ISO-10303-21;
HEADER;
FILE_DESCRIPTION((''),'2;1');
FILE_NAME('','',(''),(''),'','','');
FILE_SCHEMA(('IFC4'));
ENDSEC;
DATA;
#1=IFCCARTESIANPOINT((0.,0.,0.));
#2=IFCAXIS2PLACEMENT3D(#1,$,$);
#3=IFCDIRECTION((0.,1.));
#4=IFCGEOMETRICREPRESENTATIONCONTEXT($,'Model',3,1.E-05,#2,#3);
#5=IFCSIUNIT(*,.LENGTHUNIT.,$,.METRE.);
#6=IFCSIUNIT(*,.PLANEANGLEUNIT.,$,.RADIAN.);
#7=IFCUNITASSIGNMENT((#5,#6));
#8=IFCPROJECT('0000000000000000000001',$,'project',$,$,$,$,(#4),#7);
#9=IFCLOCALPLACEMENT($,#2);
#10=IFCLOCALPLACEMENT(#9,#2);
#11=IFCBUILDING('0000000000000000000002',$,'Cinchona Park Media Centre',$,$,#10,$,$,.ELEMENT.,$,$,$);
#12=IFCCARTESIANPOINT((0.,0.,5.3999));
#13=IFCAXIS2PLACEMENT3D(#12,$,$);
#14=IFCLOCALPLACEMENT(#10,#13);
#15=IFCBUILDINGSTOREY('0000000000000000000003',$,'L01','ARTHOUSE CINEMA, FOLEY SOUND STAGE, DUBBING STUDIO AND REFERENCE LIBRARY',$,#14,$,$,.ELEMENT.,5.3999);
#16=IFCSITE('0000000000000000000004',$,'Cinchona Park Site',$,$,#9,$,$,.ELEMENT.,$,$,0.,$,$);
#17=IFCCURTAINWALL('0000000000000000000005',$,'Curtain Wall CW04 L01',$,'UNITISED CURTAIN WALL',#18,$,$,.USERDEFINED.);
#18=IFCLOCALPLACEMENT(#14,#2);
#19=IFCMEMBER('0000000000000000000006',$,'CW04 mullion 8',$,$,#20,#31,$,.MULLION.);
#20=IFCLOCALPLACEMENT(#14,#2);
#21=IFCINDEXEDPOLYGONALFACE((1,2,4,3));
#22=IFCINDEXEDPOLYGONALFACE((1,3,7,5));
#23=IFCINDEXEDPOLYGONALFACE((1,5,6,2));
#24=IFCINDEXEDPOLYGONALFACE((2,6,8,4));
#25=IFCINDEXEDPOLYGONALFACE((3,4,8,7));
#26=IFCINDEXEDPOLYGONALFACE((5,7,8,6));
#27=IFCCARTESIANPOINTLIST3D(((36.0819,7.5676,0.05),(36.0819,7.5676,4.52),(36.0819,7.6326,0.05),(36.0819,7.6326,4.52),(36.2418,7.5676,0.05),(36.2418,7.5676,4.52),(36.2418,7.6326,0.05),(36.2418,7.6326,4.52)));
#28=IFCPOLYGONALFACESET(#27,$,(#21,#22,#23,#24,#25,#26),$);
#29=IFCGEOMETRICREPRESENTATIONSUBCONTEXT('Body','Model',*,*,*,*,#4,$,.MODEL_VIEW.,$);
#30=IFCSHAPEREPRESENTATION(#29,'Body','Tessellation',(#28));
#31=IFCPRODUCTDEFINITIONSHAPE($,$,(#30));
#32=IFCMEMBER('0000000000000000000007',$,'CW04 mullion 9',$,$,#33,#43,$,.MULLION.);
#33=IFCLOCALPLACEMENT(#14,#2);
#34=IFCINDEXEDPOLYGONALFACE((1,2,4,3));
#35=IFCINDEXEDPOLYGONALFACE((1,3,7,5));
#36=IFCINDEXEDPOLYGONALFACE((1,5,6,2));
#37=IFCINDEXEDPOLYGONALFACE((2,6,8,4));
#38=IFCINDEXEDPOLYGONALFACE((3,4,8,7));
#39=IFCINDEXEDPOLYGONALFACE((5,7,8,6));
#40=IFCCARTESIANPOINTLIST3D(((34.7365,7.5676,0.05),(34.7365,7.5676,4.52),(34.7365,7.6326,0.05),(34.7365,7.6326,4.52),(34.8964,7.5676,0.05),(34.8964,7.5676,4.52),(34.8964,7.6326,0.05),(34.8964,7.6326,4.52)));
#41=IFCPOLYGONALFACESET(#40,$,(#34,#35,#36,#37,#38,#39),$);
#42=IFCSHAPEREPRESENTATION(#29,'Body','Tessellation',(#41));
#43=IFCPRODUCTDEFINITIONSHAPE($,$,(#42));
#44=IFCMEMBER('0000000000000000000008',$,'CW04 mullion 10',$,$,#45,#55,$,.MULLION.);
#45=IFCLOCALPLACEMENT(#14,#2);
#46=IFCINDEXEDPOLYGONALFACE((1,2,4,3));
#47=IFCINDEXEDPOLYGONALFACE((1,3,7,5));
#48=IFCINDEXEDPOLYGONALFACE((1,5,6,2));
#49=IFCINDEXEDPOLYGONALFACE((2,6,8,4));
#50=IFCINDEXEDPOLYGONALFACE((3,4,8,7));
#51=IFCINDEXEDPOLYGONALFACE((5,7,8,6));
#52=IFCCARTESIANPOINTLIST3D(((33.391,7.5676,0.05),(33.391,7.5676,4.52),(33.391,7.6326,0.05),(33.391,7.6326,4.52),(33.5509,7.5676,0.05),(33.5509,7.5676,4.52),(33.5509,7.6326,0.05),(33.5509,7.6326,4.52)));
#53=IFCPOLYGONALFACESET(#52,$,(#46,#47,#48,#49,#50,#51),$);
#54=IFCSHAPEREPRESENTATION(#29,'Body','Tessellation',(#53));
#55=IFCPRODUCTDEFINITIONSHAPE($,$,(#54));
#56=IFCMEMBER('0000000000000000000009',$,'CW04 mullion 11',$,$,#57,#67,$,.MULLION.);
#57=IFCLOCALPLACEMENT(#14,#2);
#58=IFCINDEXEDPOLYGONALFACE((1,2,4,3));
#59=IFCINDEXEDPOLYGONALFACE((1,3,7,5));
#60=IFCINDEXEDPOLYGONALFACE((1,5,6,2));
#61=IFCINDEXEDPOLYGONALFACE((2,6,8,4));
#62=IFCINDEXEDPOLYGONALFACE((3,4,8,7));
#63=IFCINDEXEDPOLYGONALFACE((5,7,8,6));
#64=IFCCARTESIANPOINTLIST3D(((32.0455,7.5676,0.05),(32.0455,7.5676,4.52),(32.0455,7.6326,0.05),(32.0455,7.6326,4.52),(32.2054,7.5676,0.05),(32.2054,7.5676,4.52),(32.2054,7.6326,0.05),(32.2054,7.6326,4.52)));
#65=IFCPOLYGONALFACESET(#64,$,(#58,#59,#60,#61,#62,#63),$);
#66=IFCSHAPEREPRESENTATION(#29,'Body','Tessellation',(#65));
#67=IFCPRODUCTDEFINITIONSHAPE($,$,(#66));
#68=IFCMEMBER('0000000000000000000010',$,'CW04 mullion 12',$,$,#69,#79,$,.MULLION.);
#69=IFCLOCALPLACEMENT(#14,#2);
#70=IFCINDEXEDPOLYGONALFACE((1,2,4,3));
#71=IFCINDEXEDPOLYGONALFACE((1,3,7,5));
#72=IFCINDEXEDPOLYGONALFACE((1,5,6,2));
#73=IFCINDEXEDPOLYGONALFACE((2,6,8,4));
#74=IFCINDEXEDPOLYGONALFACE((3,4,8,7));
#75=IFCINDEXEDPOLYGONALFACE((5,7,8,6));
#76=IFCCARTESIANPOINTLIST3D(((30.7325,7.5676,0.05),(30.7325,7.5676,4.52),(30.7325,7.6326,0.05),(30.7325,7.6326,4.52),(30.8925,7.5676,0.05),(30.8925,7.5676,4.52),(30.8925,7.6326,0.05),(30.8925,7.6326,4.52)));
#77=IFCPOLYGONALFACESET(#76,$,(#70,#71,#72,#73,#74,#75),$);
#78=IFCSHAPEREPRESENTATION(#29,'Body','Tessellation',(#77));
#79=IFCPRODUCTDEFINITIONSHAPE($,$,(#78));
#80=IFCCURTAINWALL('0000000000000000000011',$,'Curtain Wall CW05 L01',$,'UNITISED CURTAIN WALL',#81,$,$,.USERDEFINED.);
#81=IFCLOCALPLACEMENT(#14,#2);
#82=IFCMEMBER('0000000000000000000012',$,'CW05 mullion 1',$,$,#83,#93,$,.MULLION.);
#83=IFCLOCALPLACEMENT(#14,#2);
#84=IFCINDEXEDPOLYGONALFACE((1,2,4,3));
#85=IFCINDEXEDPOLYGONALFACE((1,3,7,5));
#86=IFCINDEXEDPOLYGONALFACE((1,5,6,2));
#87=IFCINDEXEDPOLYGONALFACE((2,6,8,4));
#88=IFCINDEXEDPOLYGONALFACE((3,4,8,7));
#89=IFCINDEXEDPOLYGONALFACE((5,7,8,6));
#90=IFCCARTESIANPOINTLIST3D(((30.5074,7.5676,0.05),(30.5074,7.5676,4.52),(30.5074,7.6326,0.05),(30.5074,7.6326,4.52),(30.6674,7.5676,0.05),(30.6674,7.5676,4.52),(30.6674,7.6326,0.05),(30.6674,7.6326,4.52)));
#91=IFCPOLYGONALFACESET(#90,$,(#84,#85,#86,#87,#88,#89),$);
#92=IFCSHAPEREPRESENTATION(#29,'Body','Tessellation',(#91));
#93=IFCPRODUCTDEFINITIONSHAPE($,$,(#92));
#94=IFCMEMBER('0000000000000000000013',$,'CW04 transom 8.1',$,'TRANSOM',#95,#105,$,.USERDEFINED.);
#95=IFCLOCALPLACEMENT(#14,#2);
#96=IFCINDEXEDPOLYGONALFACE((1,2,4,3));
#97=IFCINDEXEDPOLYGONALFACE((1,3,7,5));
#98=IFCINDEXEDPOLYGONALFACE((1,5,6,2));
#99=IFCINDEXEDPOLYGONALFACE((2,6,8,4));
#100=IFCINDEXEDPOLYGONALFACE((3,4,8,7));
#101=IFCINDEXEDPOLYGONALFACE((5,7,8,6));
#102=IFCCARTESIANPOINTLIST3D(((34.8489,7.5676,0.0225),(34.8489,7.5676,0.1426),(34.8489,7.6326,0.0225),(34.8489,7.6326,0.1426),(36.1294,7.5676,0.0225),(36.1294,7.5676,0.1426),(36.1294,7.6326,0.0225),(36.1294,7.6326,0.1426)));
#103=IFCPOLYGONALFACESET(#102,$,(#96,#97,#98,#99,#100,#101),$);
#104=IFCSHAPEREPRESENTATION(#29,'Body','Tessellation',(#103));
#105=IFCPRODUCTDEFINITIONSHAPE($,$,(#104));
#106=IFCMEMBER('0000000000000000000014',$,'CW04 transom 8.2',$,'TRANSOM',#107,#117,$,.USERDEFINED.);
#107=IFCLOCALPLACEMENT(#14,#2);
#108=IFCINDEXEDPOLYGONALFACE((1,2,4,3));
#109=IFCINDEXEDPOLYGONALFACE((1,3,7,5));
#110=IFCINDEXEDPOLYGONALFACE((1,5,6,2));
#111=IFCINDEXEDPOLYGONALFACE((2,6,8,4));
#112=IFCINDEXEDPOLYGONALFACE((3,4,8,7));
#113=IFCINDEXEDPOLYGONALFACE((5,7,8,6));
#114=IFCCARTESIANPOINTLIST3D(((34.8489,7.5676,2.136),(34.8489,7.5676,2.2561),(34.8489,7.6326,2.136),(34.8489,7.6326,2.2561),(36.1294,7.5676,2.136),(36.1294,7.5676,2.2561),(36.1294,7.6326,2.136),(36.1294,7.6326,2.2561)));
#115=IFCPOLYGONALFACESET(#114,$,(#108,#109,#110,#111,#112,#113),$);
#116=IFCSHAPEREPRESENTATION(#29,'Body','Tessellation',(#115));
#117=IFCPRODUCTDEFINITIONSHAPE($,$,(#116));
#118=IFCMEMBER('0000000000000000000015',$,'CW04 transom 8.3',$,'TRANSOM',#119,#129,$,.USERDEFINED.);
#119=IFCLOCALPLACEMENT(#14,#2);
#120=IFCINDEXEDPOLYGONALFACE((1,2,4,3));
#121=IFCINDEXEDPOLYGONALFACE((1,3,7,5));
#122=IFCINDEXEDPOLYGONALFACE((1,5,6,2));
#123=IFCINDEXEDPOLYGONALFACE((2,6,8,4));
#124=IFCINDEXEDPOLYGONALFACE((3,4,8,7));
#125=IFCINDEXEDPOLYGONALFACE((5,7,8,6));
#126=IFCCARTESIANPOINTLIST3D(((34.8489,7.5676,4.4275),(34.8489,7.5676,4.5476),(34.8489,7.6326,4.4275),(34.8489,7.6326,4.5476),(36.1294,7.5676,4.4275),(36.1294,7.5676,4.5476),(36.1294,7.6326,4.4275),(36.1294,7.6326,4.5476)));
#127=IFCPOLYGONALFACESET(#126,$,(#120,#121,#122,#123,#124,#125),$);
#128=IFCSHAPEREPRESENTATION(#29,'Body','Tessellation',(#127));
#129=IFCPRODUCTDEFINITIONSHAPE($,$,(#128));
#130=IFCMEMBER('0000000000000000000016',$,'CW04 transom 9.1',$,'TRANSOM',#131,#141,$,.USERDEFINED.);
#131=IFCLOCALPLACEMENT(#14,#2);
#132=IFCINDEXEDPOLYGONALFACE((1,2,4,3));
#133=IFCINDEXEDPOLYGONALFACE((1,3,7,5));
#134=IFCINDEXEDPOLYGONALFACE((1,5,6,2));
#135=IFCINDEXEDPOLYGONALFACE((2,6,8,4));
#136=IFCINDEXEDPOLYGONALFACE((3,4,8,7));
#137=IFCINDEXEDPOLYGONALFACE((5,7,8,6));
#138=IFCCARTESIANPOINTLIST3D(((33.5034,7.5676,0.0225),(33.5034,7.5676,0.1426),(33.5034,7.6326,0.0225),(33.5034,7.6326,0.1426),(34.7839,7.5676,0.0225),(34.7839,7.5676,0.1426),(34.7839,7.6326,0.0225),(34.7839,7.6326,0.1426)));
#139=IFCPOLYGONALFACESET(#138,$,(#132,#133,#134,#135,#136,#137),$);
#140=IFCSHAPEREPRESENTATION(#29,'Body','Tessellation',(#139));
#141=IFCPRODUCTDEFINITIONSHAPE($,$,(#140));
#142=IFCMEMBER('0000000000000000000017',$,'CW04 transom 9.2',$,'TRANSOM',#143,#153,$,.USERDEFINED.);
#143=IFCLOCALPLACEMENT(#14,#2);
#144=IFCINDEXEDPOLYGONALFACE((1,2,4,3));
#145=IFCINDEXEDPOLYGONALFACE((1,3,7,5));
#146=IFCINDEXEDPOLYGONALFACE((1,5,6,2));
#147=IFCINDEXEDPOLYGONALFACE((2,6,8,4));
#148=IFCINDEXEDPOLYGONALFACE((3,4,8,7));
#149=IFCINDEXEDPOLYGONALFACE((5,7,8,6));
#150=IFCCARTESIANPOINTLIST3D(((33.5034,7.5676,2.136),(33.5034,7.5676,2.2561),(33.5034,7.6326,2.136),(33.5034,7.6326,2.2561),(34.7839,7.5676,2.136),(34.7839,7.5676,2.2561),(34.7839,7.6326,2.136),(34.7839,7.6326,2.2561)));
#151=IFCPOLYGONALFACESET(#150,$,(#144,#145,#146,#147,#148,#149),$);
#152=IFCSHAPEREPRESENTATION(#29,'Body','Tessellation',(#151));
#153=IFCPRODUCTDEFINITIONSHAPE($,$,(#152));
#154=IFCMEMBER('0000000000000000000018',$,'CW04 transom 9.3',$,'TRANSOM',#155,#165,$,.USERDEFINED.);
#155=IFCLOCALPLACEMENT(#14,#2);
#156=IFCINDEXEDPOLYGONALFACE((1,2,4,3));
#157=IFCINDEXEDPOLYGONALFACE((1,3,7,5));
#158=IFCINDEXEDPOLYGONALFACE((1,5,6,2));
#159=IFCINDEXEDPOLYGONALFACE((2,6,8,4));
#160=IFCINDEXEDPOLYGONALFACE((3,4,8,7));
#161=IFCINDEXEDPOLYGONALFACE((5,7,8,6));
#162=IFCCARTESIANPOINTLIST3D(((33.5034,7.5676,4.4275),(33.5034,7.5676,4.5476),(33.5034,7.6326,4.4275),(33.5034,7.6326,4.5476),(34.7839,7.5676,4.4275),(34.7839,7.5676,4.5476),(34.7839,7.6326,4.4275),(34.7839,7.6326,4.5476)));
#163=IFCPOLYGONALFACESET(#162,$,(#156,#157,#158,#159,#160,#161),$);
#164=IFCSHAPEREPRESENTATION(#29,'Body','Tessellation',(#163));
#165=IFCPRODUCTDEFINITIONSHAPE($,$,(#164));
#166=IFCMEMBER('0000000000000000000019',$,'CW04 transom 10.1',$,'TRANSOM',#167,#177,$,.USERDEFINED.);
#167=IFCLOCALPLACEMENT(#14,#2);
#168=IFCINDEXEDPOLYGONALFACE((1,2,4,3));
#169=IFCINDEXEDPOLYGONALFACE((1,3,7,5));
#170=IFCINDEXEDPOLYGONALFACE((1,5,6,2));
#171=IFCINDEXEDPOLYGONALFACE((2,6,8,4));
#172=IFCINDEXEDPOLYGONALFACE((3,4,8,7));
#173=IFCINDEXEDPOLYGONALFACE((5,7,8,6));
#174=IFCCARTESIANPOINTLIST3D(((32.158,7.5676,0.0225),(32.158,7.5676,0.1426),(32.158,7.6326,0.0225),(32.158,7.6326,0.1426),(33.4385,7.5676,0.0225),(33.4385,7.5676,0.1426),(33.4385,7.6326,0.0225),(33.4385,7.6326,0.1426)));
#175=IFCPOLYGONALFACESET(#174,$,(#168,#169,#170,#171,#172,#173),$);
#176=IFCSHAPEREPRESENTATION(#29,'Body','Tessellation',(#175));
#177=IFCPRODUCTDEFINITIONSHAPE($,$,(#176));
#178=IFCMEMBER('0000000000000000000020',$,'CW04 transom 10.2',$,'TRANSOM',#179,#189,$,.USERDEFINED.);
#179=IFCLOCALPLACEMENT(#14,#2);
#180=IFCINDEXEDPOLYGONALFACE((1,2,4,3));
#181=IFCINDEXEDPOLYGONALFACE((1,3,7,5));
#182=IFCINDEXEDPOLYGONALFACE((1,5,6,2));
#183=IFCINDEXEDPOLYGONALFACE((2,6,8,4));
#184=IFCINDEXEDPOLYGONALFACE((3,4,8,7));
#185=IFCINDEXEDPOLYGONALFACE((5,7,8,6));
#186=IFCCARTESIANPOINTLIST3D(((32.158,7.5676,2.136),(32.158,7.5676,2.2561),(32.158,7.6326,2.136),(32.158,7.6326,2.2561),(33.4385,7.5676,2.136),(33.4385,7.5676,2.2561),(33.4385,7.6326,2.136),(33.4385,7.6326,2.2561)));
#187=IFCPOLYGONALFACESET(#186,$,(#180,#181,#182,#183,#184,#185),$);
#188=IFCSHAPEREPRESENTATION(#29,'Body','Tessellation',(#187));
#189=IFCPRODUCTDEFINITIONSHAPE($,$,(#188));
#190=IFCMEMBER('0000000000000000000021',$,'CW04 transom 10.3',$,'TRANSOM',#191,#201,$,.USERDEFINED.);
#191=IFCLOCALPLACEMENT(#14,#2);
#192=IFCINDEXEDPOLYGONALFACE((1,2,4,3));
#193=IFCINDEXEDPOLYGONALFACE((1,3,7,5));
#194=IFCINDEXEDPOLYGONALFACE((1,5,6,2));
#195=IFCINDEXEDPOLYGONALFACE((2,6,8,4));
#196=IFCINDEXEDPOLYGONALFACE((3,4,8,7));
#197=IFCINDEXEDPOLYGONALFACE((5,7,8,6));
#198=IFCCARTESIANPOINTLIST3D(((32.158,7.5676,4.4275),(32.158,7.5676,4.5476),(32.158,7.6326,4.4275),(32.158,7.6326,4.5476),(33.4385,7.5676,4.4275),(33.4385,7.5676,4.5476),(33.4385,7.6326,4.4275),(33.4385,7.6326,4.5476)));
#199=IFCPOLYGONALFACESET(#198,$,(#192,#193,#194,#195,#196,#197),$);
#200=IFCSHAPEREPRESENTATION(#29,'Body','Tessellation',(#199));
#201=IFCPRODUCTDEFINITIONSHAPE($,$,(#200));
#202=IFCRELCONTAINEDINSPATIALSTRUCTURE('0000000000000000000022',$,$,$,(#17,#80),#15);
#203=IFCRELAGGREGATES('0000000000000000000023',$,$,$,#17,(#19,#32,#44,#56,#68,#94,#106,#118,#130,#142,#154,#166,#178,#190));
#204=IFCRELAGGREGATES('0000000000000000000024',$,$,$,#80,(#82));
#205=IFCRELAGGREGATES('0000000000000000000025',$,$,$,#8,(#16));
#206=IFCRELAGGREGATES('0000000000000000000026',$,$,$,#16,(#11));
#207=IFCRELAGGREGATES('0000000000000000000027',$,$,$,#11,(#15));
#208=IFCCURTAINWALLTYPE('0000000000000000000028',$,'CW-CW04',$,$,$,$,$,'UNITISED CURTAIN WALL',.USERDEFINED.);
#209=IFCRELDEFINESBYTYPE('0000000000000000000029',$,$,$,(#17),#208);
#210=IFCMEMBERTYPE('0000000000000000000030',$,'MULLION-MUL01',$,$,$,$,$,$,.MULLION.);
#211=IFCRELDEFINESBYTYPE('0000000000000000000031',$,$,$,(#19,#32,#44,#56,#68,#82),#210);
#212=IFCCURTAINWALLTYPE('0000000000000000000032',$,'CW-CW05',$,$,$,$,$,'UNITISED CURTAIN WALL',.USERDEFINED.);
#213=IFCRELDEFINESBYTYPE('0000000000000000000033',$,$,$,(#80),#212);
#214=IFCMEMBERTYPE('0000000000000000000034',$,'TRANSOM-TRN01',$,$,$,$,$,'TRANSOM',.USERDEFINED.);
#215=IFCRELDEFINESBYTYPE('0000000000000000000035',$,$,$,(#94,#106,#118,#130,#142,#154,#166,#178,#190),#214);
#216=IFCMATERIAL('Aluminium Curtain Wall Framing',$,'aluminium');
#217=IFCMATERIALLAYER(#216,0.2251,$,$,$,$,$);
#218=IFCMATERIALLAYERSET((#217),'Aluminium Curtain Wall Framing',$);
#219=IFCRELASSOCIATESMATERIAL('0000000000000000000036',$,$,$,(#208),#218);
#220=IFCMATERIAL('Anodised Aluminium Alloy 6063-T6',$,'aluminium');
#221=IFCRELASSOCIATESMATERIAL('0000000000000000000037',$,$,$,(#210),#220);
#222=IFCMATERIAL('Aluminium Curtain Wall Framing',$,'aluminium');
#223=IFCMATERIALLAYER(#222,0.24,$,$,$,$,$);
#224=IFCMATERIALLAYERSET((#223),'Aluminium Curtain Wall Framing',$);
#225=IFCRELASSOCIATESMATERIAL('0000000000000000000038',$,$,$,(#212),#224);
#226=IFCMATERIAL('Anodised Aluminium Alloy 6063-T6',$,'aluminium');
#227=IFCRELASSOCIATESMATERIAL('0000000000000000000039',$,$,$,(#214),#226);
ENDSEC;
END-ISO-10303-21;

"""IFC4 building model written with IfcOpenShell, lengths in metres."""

from ifc_helpers import new_model, si_unit, direction, frame, origin, origin_2d, place, context, subcontext, project, spatial, rectangle, extrude, material, layer, layer_set, material_profile, profile_set, type_object, element, aggregate, save


model = new_model("IFC4")

# Units and contexts
model_context = context("Model", 3, precision=1e-05, world=origin(), true_north=direction((0.0, 1.0)))
body_context = subcontext(model_context, "Body", "Model", "MODEL_VIEW")
ifc_project = project(units=[si_unit("LENGTHUNIT", "METRE"), si_unit("PLANEANGLEUNIT", "RADIAN")], contexts=[model_context])

# Site, building, storey
site_placement = place(None, origin())
site = spatial("IfcSite", under=ifc_project, at=site_placement, Name="Cinchona Park Site", CompositionType="ELEMENT", RefElevation=0.0)
building_placement = place(site_placement, origin())
building = spatial("IfcBuilding", under=site, at=building_placement, Name="Cinchona Park Media Centre", CompositionType="ELEMENT")
storey_placement = place(building_placement, frame((0.0, 0.0, 5.3999)))
storey = spatial("IfcBuildingStorey", under=building, at=storey_placement, Name="L01", Description="ARTHOUSE CINEMA, FOLEY SOUND STAGE, DUBBING STUDIO AND REFERENCE LIBRARY", CompositionType="ELEMENT", Elevation=5.3999)

# Curtain wall, members
ifc_material_1 = material(Name="Aluminium Curtain Wall Framing", Category="aluminium")
ifc_layer_1 = layer(ifc_material_1, 0.2251)
ifc_layer_set_1 = layer_set([ifc_layer_1], Name="Aluminium Curtain Wall Framing")
curtain_wall_type_1 = type_object("IfcCurtainWallType", Name="CW-CW04", ElementType="UNITISED CURTAIN WALL", PredefinedType="USERDEFINED", material=ifc_layer_set_1)
curtain_wall_1_placement = place(storey_placement, origin())
curtain_wall_1 = element("IfcCurtainWall", 1, at=curtain_wall_1_placement, inside=storey, type_object=curtain_wall_type_1, Name="Curtain Wall CW04 L01", ObjectType="UNITISED CURTAIN WALL", PredefinedType="USERDEFINED")
ifc_material_2 = material(Name="Anodised Aluminium Alloy 6063-T6", Category="aluminium")
ifc_material_profile_1 = material_profile(ifc_material_2, rectangle(XDim=0.0649, YDim=0.1599, at=origin_2d()), Name="MUL-65X160")
ifc_profile_set_1 = profile_set([ifc_material_profile_1], Name="Anodised Aluminium Alloy 6063-T6")
member_type_1 = type_object("IfcMemberType", Name="MULLION-MUL01", PredefinedType="MULLION", material=ifc_profile_set_1)
member_1_placement = place(storey_placement, frame((36.1619, 7.6001, 0.05), z_axis=(0.0, 0.0, 1.0), x_axis=(0.0, -1.0, 0.0)))
member_1 = element("IfcMember", 2, at=member_1_placement, type_object=member_type_1, Name="CW04 mullion 8", PredefinedType="MULLION", context=body_context, shape_type="SweptSolid", body=[
    extrude(rectangle(XDim=0.0649, YDim=0.1599, at=origin_2d()), origin(), (0.0, 0.0, 1.0), 4.47),
])
member_2_placement = place(storey_placement, frame((34.8164, 7.6001, 0.05), z_axis=(0.0, 0.0, 1.0), x_axis=(0.0, -1.0, 0.0)))
member_2 = element("IfcMember", 3, at=member_2_placement, type_object=member_type_1, Name="CW04 mullion 9", PredefinedType="MULLION", context=body_context, shape_type="SweptSolid", body=[
    extrude(rectangle(XDim=0.0649, YDim=0.1599, at=origin_2d()), origin(), (0.0, 0.0, 1.0), 4.47),
])
member_3_placement = place(storey_placement, frame((33.4709, 7.6001, 0.05), z_axis=(0.0, 0.0, 1.0), x_axis=(0.0, -1.0, 0.0)))
member_3 = element("IfcMember", 4, at=member_3_placement, type_object=member_type_1, Name="CW04 mullion 10", PredefinedType="MULLION", context=body_context, shape_type="SweptSolid", body=[
    extrude(rectangle(XDim=0.0649, YDim=0.1599, at=origin_2d()), origin(), (0.0, 0.0, 1.0), 4.47),
])
member_4_placement = place(storey_placement, frame((32.1255, 7.6001, 0.05), z_axis=(0.0, 0.0, 1.0), x_axis=(0.0, -1.0, 0.0)))
member_4 = element("IfcMember", 5, at=member_4_placement, type_object=member_type_1, Name="CW04 mullion 11", PredefinedType="MULLION", context=body_context, shape_type="SweptSolid", body=[
    extrude(rectangle(XDim=0.0649, YDim=0.1599, at=origin_2d()), origin(), (0.0, 0.0, 1.0), 4.47),
])
member_5_placement = place(storey_placement, frame((30.8125, 7.6001, 0.05), z_axis=(0.0, 0.0, 1.0), x_axis=(0.0, -1.0, 0.0)))
member_5 = element("IfcMember", 6, at=member_5_placement, type_object=member_type_1, Name="CW04 mullion 12", PredefinedType="MULLION", context=body_context, shape_type="SweptSolid", body=[
    extrude(rectangle(XDim=0.0649, YDim=0.1599, at=origin_2d()), origin(), (0.0, 0.0, 1.0), 4.47),
])

# Curtain wall, member
ifc_material_3 = material(Name="Aluminium Curtain Wall Framing", Category="aluminium")
ifc_layer_2 = layer(ifc_material_3, 0.24)
ifc_layer_set_2 = layer_set([ifc_layer_2], Name="Aluminium Curtain Wall Framing")
curtain_wall_type_2 = type_object("IfcCurtainWallType", Name="CW-CW05", ElementType="UNITISED CURTAIN WALL", PredefinedType="USERDEFINED", material=ifc_layer_set_2)
curtain_wall_2_placement = place(storey_placement, origin())
curtain_wall_2 = element("IfcCurtainWall", 7, at=curtain_wall_2_placement, inside=storey, type_object=curtain_wall_type_2, Name="Curtain Wall CW05 L01", ObjectType="UNITISED CURTAIN WALL", PredefinedType="USERDEFINED")
member_6_placement = place(storey_placement, frame((30.5874, 7.6001, 0.05), z_axis=(0.0, 0.0, 1.0), x_axis=(0.0, -1.0, 0.0)))
member_6 = element("IfcMember", 8, at=member_6_placement, type_object=member_type_1, Name="CW05 mullion 1", PredefinedType="MULLION", context=body_context, shape_type="SweptSolid", body=[
    extrude(rectangle(XDim=0.0649, YDim=0.1599, at=origin_2d()), origin(), (0.0, 0.0, 1.0), 4.47),
])

# Members
ifc_material_4 = material(Name="Anodised Aluminium Alloy 6063-T6", Category="aluminium")
ifc_material_profile_2 = material_profile(ifc_material_4, rectangle(XDim=0.0649, YDim=0.1201, at=origin_2d()), Name="TRN-65X120")
ifc_profile_set_2 = profile_set([ifc_material_profile_2], Name="Anodised Aluminium Alloy 6063-T6")
member_type_2 = type_object("IfcMemberType", Name="TRANSOM-TRN01", ElementType="TRANSOM", PredefinedType="USERDEFINED", material=ifc_profile_set_2)
member_7_placement = place(storey_placement, frame((36.1294, 7.6001, 0.0825), z_axis=(-1.0, 0.0, 0.0), x_axis=(0.0, -1.0, 0.0)))
member_7 = element("IfcMember", 9, at=member_7_placement, type_object=member_type_2, Name="CW04 transom 8.1", ObjectType="TRANSOM", PredefinedType="USERDEFINED", context=body_context, shape_type="SweptSolid", body=[
    extrude(rectangle(XDim=0.0649, YDim=0.1201, at=origin_2d()), origin(), (0.0, 0.0, 1.0), 1.2805),
])
member_8_placement = place(storey_placement, frame((36.1294, 7.6001, 2.196), z_axis=(-1.0, 0.0, 0.0), x_axis=(0.0, -1.0, 0.0)))
member_8 = element("IfcMember", 10, at=member_8_placement, type_object=member_type_2, Name="CW04 transom 8.2", ObjectType="TRANSOM", PredefinedType="USERDEFINED", context=body_context, shape_type="SweptSolid", body=[
    extrude(rectangle(XDim=0.0649, YDim=0.1201, at=origin_2d()), origin(), (0.0, 0.0, 1.0), 1.2805),
])
member_9_placement = place(storey_placement, frame((36.1294, 7.6001, 4.4875), z_axis=(-1.0, 0.0, 0.0), x_axis=(0.0, -1.0, 0.0)))
member_9 = element("IfcMember", 11, at=member_9_placement, type_object=member_type_2, Name="CW04 transom 8.3", ObjectType="TRANSOM", PredefinedType="USERDEFINED", context=body_context, shape_type="SweptSolid", body=[
    extrude(rectangle(XDim=0.0649, YDim=0.1201, at=origin_2d()), origin(), (0.0, 0.0, 1.0), 1.2805),
])
member_10_placement = place(storey_placement, frame((34.7839, 7.6001, 0.0825), z_axis=(-1.0, 0.0, 0.0), x_axis=(0.0, -1.0, 0.0)))
member_10 = element("IfcMember", 12, at=member_10_placement, type_object=member_type_2, Name="CW04 transom 9.1", ObjectType="TRANSOM", PredefinedType="USERDEFINED", context=body_context, shape_type="SweptSolid", body=[
    extrude(rectangle(XDim=0.0649, YDim=0.1201, at=origin_2d()), origin(), (0.0, 0.0, 1.0), 1.2805),
])
member_11_placement = place(storey_placement, frame((34.7839, 7.6001, 2.196), z_axis=(-1.0, 0.0, 0.0), x_axis=(0.0, -1.0, 0.0)))
member_11 = element("IfcMember", 13, at=member_11_placement, type_object=member_type_2, Name="CW04 transom 9.2", ObjectType="TRANSOM", PredefinedType="USERDEFINED", context=body_context, shape_type="SweptSolid", body=[
    extrude(rectangle(XDim=0.0649, YDim=0.1201, at=origin_2d()), origin(), (0.0, 0.0, 1.0), 1.2805),
])
member_12_placement = place(storey_placement, frame((34.7839, 7.6001, 4.4875), z_axis=(-1.0, 0.0, 0.0), x_axis=(0.0, -1.0, 0.0)))
member_12 = element("IfcMember", 14, at=member_12_placement, type_object=member_type_2, Name="CW04 transom 9.3", ObjectType="TRANSOM", PredefinedType="USERDEFINED", context=body_context, shape_type="SweptSolid", body=[
    extrude(rectangle(XDim=0.0649, YDim=0.1201, at=origin_2d()), origin(), (0.0, 0.0, 1.0), 1.2805),
])
member_13_placement = place(storey_placement, frame((33.4385, 7.6001, 0.0825), z_axis=(-1.0, 0.0, 0.0), x_axis=(0.0, -1.0, 0.0)))
member_13 = element("IfcMember", 15, at=member_13_placement, type_object=member_type_2, Name="CW04 transom 10.1", ObjectType="TRANSOM", PredefinedType="USERDEFINED", context=body_context, shape_type="SweptSolid", body=[
    extrude(rectangle(XDim=0.0649, YDim=0.1201, at=origin_2d()), origin(), (0.0, 0.0, 1.0), 1.2805),
])
member_14_placement = place(storey_placement, frame((33.4385, 7.6001, 2.196), z_axis=(-1.0, 0.0, 0.0), x_axis=(0.0, -1.0, 0.0)))
member_14 = element("IfcMember", 16, at=member_14_placement, type_object=member_type_2, Name="CW04 transom 10.2", ObjectType="TRANSOM", PredefinedType="USERDEFINED", context=body_context, shape_type="SweptSolid", body=[
    extrude(rectangle(XDim=0.0649, YDim=0.1201, at=origin_2d()), origin(), (0.0, 0.0, 1.0), 1.2805),
])
member_15_placement = place(storey_placement, frame((33.4385, 7.6001, 4.4875), z_axis=(-1.0, 0.0, 0.0), x_axis=(0.0, -1.0, 0.0)))
member_15 = element("IfcMember", 17, at=member_15_placement, type_object=member_type_2, Name="CW04 transom 10.3", ObjectType="TRANSOM", PredefinedType="USERDEFINED", context=body_context, shape_type="SweptSolid", body=[
    extrude(rectangle(XDim=0.0649, YDim=0.1201, at=origin_2d()), origin(), (0.0, 0.0, 1.0), 1.2805),
])

aggregate(curtain_wall_1, [member_1, member_2, member_3, member_4, member_5, member_7, member_8, member_9, member_10, member_11, member_12, member_13, member_14, member_15])
aggregate(curtain_wall_2, [member_6])

save(model, "model.ifc")
